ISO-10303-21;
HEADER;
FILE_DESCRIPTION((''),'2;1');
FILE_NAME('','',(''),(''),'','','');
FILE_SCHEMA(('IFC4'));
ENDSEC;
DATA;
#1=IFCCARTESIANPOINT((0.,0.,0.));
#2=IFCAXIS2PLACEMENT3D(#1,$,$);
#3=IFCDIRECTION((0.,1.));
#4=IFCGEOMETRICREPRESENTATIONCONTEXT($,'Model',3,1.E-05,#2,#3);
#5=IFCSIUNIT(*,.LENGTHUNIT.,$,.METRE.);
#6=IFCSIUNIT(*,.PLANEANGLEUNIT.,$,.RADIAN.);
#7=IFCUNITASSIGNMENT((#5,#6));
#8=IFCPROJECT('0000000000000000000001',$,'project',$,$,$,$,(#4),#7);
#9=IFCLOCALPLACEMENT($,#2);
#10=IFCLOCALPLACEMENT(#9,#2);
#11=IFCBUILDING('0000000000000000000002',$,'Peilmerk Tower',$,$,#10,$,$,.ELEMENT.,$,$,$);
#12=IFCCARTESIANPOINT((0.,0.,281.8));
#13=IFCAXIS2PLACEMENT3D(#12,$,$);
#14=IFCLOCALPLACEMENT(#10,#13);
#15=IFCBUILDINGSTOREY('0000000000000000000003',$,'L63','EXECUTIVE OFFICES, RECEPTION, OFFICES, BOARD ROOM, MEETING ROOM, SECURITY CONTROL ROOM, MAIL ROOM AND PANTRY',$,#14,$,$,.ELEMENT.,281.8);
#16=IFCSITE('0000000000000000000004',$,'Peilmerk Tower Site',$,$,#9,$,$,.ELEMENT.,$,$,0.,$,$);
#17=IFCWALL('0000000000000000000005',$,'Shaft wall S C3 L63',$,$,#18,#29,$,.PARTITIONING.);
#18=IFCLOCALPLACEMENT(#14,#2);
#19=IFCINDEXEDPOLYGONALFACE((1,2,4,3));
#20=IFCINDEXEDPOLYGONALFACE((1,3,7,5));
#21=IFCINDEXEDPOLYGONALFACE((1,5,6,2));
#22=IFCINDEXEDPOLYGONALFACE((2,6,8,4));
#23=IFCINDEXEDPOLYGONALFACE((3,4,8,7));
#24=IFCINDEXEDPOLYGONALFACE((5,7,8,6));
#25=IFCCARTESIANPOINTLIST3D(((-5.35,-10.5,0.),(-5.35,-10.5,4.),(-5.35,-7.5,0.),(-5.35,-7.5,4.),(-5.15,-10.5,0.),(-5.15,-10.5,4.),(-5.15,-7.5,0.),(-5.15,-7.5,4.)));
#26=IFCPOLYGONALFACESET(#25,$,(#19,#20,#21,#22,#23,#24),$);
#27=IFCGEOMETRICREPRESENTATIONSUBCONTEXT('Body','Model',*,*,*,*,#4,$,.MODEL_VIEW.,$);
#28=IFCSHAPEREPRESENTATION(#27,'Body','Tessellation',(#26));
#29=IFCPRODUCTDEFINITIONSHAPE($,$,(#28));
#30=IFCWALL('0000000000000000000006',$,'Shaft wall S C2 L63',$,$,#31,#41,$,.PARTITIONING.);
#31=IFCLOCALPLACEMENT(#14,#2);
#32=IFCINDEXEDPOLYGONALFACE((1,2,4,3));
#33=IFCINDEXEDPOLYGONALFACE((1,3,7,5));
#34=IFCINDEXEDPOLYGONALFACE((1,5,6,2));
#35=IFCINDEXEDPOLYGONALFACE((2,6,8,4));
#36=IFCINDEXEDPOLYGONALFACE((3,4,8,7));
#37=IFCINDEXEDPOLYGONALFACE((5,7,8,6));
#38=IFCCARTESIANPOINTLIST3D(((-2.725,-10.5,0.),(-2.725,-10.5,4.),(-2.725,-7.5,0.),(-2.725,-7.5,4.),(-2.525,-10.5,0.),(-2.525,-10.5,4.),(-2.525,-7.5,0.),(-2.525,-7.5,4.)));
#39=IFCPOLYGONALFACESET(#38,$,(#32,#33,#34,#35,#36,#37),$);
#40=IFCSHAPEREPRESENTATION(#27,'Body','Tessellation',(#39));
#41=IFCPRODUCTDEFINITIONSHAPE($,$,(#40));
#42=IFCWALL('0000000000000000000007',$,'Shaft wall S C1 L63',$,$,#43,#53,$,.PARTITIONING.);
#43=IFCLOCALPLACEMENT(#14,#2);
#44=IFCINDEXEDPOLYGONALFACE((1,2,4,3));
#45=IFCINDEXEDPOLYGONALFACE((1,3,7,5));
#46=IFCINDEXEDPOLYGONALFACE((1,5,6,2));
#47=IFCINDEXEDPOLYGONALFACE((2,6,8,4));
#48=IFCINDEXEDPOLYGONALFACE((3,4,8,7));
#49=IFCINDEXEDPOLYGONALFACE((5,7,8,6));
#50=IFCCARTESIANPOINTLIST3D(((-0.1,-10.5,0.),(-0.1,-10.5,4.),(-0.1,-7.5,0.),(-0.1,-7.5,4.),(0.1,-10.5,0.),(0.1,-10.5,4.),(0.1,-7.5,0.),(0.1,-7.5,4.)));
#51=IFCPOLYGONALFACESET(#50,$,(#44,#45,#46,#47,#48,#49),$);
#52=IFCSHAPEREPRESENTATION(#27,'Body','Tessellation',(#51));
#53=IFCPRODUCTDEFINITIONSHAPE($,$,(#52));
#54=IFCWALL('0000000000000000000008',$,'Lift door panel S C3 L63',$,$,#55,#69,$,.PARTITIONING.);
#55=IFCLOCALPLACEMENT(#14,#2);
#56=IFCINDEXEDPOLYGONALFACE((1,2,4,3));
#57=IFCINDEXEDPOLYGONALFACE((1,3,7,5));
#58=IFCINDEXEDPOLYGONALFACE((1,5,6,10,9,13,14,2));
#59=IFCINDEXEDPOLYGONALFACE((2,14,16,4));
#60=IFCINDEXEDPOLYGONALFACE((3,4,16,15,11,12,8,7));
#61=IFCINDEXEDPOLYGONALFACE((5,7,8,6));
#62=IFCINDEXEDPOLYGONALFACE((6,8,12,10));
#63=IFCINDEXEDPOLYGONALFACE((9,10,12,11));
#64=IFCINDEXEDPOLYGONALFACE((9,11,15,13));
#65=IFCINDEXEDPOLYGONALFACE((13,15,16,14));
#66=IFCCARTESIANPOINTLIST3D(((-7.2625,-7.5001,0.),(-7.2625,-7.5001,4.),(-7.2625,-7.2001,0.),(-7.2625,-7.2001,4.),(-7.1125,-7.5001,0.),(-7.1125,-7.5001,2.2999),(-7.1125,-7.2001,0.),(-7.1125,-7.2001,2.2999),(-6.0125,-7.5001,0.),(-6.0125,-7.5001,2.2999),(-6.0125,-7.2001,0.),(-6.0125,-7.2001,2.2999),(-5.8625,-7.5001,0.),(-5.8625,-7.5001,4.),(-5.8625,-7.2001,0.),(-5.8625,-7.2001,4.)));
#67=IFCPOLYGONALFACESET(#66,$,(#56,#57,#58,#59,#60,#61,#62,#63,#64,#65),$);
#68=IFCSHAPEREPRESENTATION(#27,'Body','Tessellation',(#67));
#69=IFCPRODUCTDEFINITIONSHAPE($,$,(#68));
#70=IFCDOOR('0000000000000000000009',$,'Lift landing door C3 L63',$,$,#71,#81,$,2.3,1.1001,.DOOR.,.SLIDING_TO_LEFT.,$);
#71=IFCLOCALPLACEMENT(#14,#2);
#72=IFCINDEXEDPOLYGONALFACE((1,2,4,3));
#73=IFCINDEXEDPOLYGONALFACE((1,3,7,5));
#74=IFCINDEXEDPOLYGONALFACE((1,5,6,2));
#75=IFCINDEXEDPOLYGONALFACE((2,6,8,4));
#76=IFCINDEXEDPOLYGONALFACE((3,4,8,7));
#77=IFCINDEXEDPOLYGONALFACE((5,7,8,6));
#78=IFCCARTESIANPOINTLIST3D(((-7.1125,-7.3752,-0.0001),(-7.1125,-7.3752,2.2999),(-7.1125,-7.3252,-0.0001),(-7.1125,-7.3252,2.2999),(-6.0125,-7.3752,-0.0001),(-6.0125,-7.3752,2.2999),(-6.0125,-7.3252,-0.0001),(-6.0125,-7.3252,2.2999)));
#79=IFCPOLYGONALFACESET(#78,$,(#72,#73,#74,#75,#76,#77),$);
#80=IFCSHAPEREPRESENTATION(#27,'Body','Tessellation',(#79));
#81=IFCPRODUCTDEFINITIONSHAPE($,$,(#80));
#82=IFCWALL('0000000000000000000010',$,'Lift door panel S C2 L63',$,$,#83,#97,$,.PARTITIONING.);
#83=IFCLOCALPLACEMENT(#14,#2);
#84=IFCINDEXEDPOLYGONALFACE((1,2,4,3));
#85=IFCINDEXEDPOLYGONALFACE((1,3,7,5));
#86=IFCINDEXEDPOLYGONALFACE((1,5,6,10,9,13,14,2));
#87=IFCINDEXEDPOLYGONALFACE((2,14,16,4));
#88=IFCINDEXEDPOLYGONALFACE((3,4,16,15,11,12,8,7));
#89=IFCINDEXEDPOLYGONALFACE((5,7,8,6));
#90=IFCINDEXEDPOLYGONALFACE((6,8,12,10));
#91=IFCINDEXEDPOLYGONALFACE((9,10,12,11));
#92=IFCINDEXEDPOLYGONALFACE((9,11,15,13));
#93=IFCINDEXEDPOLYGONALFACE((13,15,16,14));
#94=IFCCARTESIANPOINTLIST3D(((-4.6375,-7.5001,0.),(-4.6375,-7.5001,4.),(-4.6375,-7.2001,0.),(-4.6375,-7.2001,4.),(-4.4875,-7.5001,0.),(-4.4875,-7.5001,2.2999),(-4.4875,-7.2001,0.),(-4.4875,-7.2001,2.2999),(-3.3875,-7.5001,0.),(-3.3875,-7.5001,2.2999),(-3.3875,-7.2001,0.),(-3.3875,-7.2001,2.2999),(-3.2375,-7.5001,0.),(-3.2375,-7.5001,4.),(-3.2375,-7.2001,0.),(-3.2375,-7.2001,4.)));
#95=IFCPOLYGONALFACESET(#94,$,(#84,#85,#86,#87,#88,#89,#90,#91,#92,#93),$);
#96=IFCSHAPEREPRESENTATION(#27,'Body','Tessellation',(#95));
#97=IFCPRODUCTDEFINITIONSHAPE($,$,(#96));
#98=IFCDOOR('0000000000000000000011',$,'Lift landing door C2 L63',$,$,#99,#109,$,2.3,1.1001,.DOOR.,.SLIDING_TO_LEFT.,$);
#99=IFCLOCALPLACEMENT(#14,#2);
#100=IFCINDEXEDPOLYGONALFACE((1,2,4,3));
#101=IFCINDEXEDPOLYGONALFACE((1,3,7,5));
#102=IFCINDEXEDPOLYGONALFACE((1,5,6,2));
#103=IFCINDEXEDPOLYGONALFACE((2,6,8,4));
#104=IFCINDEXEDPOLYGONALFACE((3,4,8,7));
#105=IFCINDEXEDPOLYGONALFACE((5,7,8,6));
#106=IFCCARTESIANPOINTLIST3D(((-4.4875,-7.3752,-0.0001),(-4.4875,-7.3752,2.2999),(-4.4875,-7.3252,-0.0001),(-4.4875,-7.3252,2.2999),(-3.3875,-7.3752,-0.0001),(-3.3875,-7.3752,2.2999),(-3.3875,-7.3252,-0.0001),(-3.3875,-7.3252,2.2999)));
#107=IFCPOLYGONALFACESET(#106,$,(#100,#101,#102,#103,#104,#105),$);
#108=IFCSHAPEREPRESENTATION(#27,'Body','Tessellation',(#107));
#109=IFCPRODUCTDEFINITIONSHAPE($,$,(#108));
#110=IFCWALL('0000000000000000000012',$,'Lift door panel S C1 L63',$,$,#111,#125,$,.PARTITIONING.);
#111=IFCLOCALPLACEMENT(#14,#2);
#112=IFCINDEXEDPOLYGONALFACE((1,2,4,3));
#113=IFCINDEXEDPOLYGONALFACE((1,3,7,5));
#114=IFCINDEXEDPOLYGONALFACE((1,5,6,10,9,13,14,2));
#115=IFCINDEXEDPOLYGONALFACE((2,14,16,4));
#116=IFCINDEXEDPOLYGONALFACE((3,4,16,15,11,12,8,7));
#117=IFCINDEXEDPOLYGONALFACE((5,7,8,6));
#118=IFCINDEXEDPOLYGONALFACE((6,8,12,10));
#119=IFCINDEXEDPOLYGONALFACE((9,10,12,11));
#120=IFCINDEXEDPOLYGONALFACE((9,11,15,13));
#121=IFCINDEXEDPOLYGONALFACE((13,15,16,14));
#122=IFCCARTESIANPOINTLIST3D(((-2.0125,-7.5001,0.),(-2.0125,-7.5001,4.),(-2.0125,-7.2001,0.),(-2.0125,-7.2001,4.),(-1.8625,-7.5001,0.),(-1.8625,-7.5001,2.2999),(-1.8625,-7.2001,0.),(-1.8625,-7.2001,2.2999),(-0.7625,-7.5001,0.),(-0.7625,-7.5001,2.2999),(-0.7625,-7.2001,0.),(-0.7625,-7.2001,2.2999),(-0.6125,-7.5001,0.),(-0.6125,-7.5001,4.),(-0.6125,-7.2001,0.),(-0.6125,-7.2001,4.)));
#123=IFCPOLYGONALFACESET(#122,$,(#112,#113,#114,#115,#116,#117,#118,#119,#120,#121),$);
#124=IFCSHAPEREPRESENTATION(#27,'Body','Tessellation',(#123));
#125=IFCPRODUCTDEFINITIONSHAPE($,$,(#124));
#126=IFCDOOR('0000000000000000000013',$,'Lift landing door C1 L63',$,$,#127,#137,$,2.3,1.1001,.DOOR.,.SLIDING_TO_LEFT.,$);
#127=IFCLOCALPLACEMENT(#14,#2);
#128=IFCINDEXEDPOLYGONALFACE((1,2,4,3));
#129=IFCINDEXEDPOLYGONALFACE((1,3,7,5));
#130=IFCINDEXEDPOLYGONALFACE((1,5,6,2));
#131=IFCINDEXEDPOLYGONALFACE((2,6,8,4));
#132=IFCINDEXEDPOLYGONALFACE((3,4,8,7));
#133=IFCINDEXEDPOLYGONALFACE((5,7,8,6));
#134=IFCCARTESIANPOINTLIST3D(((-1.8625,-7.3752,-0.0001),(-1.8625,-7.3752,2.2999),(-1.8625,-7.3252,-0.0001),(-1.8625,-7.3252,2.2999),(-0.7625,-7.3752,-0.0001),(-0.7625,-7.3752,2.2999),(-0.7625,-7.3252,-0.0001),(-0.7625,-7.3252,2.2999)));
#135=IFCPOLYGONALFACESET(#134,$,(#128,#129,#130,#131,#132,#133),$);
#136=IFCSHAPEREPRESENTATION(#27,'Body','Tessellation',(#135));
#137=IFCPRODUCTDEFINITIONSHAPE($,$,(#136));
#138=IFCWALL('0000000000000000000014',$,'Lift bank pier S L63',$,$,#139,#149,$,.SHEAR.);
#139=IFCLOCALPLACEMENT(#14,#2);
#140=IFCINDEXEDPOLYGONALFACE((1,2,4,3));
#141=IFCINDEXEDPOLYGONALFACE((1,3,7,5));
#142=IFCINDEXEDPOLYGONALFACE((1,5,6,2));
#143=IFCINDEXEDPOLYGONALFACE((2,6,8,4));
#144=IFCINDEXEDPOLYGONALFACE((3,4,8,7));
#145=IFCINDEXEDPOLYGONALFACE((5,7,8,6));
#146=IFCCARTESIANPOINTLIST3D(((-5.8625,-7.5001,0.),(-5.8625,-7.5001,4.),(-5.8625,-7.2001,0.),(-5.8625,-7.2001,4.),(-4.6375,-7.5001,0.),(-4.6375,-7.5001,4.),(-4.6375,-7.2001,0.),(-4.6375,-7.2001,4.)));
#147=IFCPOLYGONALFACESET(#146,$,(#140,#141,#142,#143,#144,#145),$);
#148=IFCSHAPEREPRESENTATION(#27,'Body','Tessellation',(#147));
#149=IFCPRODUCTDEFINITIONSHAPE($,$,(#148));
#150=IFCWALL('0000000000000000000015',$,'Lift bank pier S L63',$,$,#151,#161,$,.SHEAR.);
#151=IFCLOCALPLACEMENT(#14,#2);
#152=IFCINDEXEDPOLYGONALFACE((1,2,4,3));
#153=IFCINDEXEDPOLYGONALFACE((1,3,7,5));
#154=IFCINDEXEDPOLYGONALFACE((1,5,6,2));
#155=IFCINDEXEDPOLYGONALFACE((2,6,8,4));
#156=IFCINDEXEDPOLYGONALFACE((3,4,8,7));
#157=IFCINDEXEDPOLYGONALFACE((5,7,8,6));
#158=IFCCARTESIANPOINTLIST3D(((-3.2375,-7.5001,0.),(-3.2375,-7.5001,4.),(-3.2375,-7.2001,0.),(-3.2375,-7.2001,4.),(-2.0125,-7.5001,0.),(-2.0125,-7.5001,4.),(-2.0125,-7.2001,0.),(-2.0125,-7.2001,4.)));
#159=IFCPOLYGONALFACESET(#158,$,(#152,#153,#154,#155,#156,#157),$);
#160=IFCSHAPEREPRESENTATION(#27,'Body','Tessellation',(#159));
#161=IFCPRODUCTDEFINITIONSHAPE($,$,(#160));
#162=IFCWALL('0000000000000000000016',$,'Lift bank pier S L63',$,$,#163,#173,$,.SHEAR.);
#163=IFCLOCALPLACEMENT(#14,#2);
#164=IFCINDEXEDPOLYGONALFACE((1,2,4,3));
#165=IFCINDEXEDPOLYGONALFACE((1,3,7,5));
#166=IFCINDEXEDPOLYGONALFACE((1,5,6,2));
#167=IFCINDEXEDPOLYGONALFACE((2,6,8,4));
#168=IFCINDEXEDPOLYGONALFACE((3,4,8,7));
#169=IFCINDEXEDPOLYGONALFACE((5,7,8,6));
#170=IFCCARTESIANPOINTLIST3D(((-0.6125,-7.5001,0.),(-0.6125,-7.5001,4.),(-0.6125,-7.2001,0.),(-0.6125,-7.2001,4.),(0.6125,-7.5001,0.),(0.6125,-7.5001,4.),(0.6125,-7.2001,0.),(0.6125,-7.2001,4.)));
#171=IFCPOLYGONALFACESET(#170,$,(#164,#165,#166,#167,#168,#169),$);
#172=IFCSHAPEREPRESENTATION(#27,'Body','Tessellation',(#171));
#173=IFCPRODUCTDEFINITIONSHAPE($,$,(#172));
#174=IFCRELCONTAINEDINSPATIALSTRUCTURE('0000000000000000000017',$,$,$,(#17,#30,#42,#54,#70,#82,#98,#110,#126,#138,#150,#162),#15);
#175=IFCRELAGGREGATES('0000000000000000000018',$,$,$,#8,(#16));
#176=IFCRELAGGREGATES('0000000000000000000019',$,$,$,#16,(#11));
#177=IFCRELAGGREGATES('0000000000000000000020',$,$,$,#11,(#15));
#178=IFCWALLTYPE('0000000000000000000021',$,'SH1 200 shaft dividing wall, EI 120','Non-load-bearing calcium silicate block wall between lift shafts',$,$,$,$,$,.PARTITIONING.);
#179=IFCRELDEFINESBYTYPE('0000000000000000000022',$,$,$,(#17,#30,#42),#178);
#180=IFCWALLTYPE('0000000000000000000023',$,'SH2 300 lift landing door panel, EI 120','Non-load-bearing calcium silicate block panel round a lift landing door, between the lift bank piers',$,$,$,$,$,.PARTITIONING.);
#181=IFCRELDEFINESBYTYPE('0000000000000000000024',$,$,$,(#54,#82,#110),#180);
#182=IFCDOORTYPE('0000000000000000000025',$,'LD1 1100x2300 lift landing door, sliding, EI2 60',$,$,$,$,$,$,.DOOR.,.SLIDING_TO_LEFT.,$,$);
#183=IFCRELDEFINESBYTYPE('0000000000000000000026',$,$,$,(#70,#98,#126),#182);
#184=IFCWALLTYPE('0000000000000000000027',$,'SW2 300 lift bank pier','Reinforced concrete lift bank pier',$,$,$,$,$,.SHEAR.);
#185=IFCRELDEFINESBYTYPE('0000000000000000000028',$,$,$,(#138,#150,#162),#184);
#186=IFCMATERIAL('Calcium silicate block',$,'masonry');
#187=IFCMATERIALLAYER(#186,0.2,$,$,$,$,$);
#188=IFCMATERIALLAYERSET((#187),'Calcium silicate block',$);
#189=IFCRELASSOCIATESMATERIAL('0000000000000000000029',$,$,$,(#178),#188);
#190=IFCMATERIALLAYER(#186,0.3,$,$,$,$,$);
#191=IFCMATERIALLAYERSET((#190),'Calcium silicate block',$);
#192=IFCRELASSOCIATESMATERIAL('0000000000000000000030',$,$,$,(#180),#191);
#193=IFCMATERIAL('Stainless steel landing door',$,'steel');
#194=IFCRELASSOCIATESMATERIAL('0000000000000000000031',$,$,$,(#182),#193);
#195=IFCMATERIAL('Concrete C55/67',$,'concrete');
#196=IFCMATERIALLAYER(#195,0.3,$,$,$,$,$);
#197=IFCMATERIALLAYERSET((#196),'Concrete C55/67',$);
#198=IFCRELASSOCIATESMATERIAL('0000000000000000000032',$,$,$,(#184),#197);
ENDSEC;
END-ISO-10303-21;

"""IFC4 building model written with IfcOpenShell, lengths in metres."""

from ifc_helpers import new_model, si_unit, direction, frame, frame_2d, origin, place, context, subcontext, project, spatial, rectangle, extrude, material, layer, layer_set, type_object, element, fill, save


model = new_model("IFC4")

# Units and contexts
model_context = context("Model", 3, precision=1e-05, world=origin(), true_north=direction((0.0, 1.0)))
body_context = subcontext(model_context, "Body", "Model", "MODEL_VIEW")
ifc_project = project(units=[si_unit("LENGTHUNIT", "METRE"), si_unit("PLANEANGLEUNIT", "RADIAN")], contexts=[model_context])

# Site, building, storey
site_placement = place(None, origin())
site = spatial("IfcSite", under=ifc_project, at=site_placement, Name="Peilmerk Tower Site", CompositionType="ELEMENT", RefElevation=0.0)
building_placement = place(site_placement, origin())
building = spatial("IfcBuilding", under=site, at=building_placement, Name="Peilmerk Tower", CompositionType="ELEMENT")
storey_placement = place(building_placement, frame((0.0, 0.0, 281.8)))
storey = spatial("IfcBuildingStorey", under=building, at=storey_placement, Name="L63", Description="EXECUTIVE OFFICES, RECEPTION, OFFICES, BOARD ROOM, MEETING ROOM, SECURITY CONTROL ROOM, MAIL ROOM AND PANTRY", CompositionType="ELEMENT", Elevation=281.8)

# Walls
ifc_material_1 = material(Name="Calcium silicate block", Category="masonry")
ifc_layer_1 = layer(ifc_material_1, 0.2)
ifc_layer_set_1 = layer_set([ifc_layer_1], Name="Calcium silicate block")
wall_type_1 = type_object("IfcWallType", Name="SH1 200 shaft dividing wall, EI 120", Description="Non-load-bearing calcium silicate block wall between lift shafts", PredefinedType="PARTITIONING", material=ifc_layer_set_1)
for number, where, z_axis, x_axis, name in (
    (1, (-5.25, -10.5, 0.0), (0.0, 0.0, 1.0), (0.0, 1.0, 0.0), "Shaft wall S C3 L63"),
    (2, (-2.625, -10.5, 0.0), (0.0, 0.0, 1.0), (0.0, 1.0, 0.0), "Shaft wall S C2 L63"),
    (3, (0.0, -10.5, 0.0), (0.0, 0.0, 1.0), (0.0, 1.0, 0.0), "Shaft wall S C1 L63"),
):
    element("IfcWall", number, at=place(storey_placement, frame(where, z_axis=z_axis, x_axis=x_axis)), inside=storey, type_object=wall_type_1, Name=name, PredefinedType="PARTITIONING", context=body_context, shape_type="SweptSolid", body=[
        extrude(rectangle(XDim=3.0, YDim=0.2, at=frame_2d((1.5, 0.0))), origin(), (0.0, 0.0, 1.0), 4.0),
    ])

# Walls, openings, doors
ifc_layer_2 = layer(ifc_material_1, 0.3)
ifc_layer_set_2 = layer_set([ifc_layer_2], Name="Calcium silicate block")
wall_type_2 = type_object("IfcWallType", Name="SH2 300 lift landing door panel, EI 120", Description="Non-load-bearing calcium silicate block panel round a lift landing door, between the lift bank piers", PredefinedType="PARTITIONING", material=ifc_layer_set_2)
wall_1_placement = place(storey_placement, frame((-7.2625, -7.3501, 0.0), z_axis=(0.0, 0.0, 1.0), x_axis=(1.0, 0.0, 0.0)))
wall_1 = element("IfcWall", 4, at=wall_1_placement, inside=storey, type_object=wall_type_2, Name="Lift door panel S C3 L63", PredefinedType="PARTITIONING", context=body_context, shape_type="SweptSolid", body=[
    extrude(rectangle(XDim=1.3999, YDim=0.3, at=frame_2d((0.7, 0.0))), origin(), (0.0, 0.0, 1.0), 4.0),
])
opening_1_placement = place(wall_1_placement, frame((0.1499, 0.0, 0.0)))
opening_1 = element("IfcOpeningElement", 5, at=opening_1_placement, cuts=wall_1, PredefinedType="OPENING", context=body_context, shape_type="SweptSolid", body=[
    extrude(rectangle(XDim=1.1001, YDim=2.3, at=frame_2d((0.55, 1.1499))), frame((0.0, 0.1599, 0.0), z_axis=(0.0, -1.0, 0.0), x_axis=(1.0, 0.0, 0.0)), (0.0, 0.0, 1.0), 0.3201),
])
ifc_material_2 = material(Name="Stainless steel landing door", Category="steel")
door_type = type_object("IfcDoorType", Name="LD1 1100x2300 lift landing door, sliding, EI2 60", OperationType="SLIDING_TO_LEFT", PredefinedType="DOOR", material=ifc_material_2)
door_1_placement = place(opening_1_placement, origin())
door_1 = element("IfcDoor", 6, at=door_1_placement, inside=storey, type_object=door_type, Name="Lift landing door C3 L63", OperationType="SLIDING_TO_LEFT", OverallHeight=2.3, OverallWidth=1.1001, PredefinedType="DOOR", context=body_context, shape_type="SweptSolid", body=[
    extrude(rectangle(XDim=1.1001, YDim=2.3, at=frame_2d((0.55, 1.1499))), frame((0.0, 0.0249, 0.0), z_axis=(0.0, -1.0, 0.0), x_axis=(1.0, 0.0, 0.0)), (0.0, 0.0, 1.0), 0.05),
])
fill(opening_1, door_1)
wall_2_placement = place(storey_placement, frame((-4.6375, -7.3501, 0.0), z_axis=(0.0, 0.0, 1.0), x_axis=(1.0, 0.0, 0.0)))
wall_2 = element("IfcWall", 7, at=wall_2_placement, inside=storey, type_object=wall_type_2, Name="Lift door panel S C2 L63", PredefinedType="PARTITIONING", context=body_context, shape_type="SweptSolid", body=[
    extrude(rectangle(XDim=1.3999, YDim=0.3, at=frame_2d((0.7, 0.0))), origin(), (0.0, 0.0, 1.0), 4.0),
])
opening_2_placement = place(wall_2_placement, frame((0.1499, 0.0, 0.0)))
opening_2 = element("IfcOpeningElement", 8, at=opening_2_placement, cuts=wall_2, PredefinedType="OPENING", context=body_context, shape_type="SweptSolid", body=[
    extrude(rectangle(XDim=1.1001, YDim=2.3, at=frame_2d((0.55, 1.1499))), frame((0.0, 0.1599, 0.0), z_axis=(0.0, -1.0, 0.0), x_axis=(1.0, 0.0, 0.0)), (0.0, 0.0, 1.0), 0.3201),
])
door_2_placement = place(opening_2_placement, origin())
door_2 = element("IfcDoor", 9, at=door_2_placement, inside=storey, type_object=door_type, Name="Lift landing door C2 L63", OperationType="SLIDING_TO_LEFT", OverallHeight=2.3, OverallWidth=1.1001, PredefinedType="DOOR", context=body_context, shape_type="SweptSolid", body=[
    extrude(rectangle(XDim=1.1001, YDim=2.3, at=frame_2d((0.55, 1.1499))), frame((0.0, 0.0249, 0.0), z_axis=(0.0, -1.0, 0.0), x_axis=(1.0, 0.0, 0.0)), (0.0, 0.0, 1.0), 0.05),
])
fill(opening_2, door_2)
wall_3_placement = place(storey_placement, frame((-2.0125, -7.3501, 0.0), z_axis=(0.0, 0.0, 1.0), x_axis=(1.0, 0.0, 0.0)))
wall_3 = element("IfcWall", 10, at=wall_3_placement, inside=storey, type_object=wall_type_2, Name="Lift door panel S C1 L63", PredefinedType="PARTITIONING", context=body_context, shape_type="SweptSolid", body=[
    extrude(rectangle(XDim=1.3999, YDim=0.3, at=frame_2d((0.7, 0.0))), origin(), (0.0, 0.0, 1.0), 4.0),
])
opening_3_placement = place(wall_3_placement, frame((0.1499, 0.0, 0.0)))
opening_3 = element("IfcOpeningElement", 11, at=opening_3_placement, cuts=wall_3, PredefinedType="OPENING", context=body_context, shape_type="SweptSolid", body=[
    extrude(rectangle(XDim=1.1001, YDim=2.3, at=frame_2d((0.55, 1.1499))), frame((0.0, 0.1599, 0.0), z_axis=(0.0, -1.0, 0.0), x_axis=(1.0, 0.0, 0.0)), (0.0, 0.0, 1.0), 0.3201),
])
door_3_placement = place(opening_3_placement, origin())
door_3 = element("IfcDoor", 12, at=door_3_placement, inside=storey, type_object=door_type, Name="Lift landing door C1 L63", OperationType="SLIDING_TO_LEFT", OverallHeight=2.3, OverallWidth=1.1001, PredefinedType="DOOR", context=body_context, shape_type="SweptSolid", body=[
    extrude(rectangle(XDim=1.1001, YDim=2.3, at=frame_2d((0.55, 1.1499))), frame((0.0, 0.0249, 0.0), z_axis=(0.0, -1.0, 0.0), x_axis=(1.0, 0.0, 0.0)), (0.0, 0.0, 1.0), 0.05),
])
fill(opening_3, door_3)

# Walls
ifc_material_3 = material(Name="Concrete C55/67", Category="concrete")
ifc_layer_3 = layer(ifc_material_3, 0.3)
ifc_layer_set_3 = layer_set([ifc_layer_3], Name="Concrete C55/67")
wall_type_3 = type_object("IfcWallType", Name="SW2 300 lift bank pier", Description="Reinforced concrete lift bank pier", PredefinedType="SHEAR", material=ifc_layer_set_3)
for number, where, z_axis, x_axis, name in (
    (13, (-5.8625, -7.3501, 0.0), (0.0, 0.0, 1.0), (1.0, 0.0, 0.0), "Lift bank pier S L63"),
    (14, (-3.2375, -7.3501, 0.0), (0.0, 0.0, 1.0), (1.0, 0.0, 0.0), "Lift bank pier S L63"),
    (15, (-0.6125, -7.3501, 0.0), (0.0, 0.0, 1.0), (1.0, 0.0, 0.0), "Lift bank pier S L63"),
):
    element("IfcWall", number, at=place(storey_placement, frame(where, z_axis=z_axis, x_axis=x_axis)), inside=storey, type_object=wall_type_3, Name=name, PredefinedType="SHEAR", context=body_context, shape_type="SweptSolid", body=[
        extrude(rectangle(XDim=1.2251, YDim=0.3, at=frame_2d((0.6125, 0.0))), origin(), (0.0, 0.0, 1.0), 4.0),
    ])

save(model, "model.ifc")
